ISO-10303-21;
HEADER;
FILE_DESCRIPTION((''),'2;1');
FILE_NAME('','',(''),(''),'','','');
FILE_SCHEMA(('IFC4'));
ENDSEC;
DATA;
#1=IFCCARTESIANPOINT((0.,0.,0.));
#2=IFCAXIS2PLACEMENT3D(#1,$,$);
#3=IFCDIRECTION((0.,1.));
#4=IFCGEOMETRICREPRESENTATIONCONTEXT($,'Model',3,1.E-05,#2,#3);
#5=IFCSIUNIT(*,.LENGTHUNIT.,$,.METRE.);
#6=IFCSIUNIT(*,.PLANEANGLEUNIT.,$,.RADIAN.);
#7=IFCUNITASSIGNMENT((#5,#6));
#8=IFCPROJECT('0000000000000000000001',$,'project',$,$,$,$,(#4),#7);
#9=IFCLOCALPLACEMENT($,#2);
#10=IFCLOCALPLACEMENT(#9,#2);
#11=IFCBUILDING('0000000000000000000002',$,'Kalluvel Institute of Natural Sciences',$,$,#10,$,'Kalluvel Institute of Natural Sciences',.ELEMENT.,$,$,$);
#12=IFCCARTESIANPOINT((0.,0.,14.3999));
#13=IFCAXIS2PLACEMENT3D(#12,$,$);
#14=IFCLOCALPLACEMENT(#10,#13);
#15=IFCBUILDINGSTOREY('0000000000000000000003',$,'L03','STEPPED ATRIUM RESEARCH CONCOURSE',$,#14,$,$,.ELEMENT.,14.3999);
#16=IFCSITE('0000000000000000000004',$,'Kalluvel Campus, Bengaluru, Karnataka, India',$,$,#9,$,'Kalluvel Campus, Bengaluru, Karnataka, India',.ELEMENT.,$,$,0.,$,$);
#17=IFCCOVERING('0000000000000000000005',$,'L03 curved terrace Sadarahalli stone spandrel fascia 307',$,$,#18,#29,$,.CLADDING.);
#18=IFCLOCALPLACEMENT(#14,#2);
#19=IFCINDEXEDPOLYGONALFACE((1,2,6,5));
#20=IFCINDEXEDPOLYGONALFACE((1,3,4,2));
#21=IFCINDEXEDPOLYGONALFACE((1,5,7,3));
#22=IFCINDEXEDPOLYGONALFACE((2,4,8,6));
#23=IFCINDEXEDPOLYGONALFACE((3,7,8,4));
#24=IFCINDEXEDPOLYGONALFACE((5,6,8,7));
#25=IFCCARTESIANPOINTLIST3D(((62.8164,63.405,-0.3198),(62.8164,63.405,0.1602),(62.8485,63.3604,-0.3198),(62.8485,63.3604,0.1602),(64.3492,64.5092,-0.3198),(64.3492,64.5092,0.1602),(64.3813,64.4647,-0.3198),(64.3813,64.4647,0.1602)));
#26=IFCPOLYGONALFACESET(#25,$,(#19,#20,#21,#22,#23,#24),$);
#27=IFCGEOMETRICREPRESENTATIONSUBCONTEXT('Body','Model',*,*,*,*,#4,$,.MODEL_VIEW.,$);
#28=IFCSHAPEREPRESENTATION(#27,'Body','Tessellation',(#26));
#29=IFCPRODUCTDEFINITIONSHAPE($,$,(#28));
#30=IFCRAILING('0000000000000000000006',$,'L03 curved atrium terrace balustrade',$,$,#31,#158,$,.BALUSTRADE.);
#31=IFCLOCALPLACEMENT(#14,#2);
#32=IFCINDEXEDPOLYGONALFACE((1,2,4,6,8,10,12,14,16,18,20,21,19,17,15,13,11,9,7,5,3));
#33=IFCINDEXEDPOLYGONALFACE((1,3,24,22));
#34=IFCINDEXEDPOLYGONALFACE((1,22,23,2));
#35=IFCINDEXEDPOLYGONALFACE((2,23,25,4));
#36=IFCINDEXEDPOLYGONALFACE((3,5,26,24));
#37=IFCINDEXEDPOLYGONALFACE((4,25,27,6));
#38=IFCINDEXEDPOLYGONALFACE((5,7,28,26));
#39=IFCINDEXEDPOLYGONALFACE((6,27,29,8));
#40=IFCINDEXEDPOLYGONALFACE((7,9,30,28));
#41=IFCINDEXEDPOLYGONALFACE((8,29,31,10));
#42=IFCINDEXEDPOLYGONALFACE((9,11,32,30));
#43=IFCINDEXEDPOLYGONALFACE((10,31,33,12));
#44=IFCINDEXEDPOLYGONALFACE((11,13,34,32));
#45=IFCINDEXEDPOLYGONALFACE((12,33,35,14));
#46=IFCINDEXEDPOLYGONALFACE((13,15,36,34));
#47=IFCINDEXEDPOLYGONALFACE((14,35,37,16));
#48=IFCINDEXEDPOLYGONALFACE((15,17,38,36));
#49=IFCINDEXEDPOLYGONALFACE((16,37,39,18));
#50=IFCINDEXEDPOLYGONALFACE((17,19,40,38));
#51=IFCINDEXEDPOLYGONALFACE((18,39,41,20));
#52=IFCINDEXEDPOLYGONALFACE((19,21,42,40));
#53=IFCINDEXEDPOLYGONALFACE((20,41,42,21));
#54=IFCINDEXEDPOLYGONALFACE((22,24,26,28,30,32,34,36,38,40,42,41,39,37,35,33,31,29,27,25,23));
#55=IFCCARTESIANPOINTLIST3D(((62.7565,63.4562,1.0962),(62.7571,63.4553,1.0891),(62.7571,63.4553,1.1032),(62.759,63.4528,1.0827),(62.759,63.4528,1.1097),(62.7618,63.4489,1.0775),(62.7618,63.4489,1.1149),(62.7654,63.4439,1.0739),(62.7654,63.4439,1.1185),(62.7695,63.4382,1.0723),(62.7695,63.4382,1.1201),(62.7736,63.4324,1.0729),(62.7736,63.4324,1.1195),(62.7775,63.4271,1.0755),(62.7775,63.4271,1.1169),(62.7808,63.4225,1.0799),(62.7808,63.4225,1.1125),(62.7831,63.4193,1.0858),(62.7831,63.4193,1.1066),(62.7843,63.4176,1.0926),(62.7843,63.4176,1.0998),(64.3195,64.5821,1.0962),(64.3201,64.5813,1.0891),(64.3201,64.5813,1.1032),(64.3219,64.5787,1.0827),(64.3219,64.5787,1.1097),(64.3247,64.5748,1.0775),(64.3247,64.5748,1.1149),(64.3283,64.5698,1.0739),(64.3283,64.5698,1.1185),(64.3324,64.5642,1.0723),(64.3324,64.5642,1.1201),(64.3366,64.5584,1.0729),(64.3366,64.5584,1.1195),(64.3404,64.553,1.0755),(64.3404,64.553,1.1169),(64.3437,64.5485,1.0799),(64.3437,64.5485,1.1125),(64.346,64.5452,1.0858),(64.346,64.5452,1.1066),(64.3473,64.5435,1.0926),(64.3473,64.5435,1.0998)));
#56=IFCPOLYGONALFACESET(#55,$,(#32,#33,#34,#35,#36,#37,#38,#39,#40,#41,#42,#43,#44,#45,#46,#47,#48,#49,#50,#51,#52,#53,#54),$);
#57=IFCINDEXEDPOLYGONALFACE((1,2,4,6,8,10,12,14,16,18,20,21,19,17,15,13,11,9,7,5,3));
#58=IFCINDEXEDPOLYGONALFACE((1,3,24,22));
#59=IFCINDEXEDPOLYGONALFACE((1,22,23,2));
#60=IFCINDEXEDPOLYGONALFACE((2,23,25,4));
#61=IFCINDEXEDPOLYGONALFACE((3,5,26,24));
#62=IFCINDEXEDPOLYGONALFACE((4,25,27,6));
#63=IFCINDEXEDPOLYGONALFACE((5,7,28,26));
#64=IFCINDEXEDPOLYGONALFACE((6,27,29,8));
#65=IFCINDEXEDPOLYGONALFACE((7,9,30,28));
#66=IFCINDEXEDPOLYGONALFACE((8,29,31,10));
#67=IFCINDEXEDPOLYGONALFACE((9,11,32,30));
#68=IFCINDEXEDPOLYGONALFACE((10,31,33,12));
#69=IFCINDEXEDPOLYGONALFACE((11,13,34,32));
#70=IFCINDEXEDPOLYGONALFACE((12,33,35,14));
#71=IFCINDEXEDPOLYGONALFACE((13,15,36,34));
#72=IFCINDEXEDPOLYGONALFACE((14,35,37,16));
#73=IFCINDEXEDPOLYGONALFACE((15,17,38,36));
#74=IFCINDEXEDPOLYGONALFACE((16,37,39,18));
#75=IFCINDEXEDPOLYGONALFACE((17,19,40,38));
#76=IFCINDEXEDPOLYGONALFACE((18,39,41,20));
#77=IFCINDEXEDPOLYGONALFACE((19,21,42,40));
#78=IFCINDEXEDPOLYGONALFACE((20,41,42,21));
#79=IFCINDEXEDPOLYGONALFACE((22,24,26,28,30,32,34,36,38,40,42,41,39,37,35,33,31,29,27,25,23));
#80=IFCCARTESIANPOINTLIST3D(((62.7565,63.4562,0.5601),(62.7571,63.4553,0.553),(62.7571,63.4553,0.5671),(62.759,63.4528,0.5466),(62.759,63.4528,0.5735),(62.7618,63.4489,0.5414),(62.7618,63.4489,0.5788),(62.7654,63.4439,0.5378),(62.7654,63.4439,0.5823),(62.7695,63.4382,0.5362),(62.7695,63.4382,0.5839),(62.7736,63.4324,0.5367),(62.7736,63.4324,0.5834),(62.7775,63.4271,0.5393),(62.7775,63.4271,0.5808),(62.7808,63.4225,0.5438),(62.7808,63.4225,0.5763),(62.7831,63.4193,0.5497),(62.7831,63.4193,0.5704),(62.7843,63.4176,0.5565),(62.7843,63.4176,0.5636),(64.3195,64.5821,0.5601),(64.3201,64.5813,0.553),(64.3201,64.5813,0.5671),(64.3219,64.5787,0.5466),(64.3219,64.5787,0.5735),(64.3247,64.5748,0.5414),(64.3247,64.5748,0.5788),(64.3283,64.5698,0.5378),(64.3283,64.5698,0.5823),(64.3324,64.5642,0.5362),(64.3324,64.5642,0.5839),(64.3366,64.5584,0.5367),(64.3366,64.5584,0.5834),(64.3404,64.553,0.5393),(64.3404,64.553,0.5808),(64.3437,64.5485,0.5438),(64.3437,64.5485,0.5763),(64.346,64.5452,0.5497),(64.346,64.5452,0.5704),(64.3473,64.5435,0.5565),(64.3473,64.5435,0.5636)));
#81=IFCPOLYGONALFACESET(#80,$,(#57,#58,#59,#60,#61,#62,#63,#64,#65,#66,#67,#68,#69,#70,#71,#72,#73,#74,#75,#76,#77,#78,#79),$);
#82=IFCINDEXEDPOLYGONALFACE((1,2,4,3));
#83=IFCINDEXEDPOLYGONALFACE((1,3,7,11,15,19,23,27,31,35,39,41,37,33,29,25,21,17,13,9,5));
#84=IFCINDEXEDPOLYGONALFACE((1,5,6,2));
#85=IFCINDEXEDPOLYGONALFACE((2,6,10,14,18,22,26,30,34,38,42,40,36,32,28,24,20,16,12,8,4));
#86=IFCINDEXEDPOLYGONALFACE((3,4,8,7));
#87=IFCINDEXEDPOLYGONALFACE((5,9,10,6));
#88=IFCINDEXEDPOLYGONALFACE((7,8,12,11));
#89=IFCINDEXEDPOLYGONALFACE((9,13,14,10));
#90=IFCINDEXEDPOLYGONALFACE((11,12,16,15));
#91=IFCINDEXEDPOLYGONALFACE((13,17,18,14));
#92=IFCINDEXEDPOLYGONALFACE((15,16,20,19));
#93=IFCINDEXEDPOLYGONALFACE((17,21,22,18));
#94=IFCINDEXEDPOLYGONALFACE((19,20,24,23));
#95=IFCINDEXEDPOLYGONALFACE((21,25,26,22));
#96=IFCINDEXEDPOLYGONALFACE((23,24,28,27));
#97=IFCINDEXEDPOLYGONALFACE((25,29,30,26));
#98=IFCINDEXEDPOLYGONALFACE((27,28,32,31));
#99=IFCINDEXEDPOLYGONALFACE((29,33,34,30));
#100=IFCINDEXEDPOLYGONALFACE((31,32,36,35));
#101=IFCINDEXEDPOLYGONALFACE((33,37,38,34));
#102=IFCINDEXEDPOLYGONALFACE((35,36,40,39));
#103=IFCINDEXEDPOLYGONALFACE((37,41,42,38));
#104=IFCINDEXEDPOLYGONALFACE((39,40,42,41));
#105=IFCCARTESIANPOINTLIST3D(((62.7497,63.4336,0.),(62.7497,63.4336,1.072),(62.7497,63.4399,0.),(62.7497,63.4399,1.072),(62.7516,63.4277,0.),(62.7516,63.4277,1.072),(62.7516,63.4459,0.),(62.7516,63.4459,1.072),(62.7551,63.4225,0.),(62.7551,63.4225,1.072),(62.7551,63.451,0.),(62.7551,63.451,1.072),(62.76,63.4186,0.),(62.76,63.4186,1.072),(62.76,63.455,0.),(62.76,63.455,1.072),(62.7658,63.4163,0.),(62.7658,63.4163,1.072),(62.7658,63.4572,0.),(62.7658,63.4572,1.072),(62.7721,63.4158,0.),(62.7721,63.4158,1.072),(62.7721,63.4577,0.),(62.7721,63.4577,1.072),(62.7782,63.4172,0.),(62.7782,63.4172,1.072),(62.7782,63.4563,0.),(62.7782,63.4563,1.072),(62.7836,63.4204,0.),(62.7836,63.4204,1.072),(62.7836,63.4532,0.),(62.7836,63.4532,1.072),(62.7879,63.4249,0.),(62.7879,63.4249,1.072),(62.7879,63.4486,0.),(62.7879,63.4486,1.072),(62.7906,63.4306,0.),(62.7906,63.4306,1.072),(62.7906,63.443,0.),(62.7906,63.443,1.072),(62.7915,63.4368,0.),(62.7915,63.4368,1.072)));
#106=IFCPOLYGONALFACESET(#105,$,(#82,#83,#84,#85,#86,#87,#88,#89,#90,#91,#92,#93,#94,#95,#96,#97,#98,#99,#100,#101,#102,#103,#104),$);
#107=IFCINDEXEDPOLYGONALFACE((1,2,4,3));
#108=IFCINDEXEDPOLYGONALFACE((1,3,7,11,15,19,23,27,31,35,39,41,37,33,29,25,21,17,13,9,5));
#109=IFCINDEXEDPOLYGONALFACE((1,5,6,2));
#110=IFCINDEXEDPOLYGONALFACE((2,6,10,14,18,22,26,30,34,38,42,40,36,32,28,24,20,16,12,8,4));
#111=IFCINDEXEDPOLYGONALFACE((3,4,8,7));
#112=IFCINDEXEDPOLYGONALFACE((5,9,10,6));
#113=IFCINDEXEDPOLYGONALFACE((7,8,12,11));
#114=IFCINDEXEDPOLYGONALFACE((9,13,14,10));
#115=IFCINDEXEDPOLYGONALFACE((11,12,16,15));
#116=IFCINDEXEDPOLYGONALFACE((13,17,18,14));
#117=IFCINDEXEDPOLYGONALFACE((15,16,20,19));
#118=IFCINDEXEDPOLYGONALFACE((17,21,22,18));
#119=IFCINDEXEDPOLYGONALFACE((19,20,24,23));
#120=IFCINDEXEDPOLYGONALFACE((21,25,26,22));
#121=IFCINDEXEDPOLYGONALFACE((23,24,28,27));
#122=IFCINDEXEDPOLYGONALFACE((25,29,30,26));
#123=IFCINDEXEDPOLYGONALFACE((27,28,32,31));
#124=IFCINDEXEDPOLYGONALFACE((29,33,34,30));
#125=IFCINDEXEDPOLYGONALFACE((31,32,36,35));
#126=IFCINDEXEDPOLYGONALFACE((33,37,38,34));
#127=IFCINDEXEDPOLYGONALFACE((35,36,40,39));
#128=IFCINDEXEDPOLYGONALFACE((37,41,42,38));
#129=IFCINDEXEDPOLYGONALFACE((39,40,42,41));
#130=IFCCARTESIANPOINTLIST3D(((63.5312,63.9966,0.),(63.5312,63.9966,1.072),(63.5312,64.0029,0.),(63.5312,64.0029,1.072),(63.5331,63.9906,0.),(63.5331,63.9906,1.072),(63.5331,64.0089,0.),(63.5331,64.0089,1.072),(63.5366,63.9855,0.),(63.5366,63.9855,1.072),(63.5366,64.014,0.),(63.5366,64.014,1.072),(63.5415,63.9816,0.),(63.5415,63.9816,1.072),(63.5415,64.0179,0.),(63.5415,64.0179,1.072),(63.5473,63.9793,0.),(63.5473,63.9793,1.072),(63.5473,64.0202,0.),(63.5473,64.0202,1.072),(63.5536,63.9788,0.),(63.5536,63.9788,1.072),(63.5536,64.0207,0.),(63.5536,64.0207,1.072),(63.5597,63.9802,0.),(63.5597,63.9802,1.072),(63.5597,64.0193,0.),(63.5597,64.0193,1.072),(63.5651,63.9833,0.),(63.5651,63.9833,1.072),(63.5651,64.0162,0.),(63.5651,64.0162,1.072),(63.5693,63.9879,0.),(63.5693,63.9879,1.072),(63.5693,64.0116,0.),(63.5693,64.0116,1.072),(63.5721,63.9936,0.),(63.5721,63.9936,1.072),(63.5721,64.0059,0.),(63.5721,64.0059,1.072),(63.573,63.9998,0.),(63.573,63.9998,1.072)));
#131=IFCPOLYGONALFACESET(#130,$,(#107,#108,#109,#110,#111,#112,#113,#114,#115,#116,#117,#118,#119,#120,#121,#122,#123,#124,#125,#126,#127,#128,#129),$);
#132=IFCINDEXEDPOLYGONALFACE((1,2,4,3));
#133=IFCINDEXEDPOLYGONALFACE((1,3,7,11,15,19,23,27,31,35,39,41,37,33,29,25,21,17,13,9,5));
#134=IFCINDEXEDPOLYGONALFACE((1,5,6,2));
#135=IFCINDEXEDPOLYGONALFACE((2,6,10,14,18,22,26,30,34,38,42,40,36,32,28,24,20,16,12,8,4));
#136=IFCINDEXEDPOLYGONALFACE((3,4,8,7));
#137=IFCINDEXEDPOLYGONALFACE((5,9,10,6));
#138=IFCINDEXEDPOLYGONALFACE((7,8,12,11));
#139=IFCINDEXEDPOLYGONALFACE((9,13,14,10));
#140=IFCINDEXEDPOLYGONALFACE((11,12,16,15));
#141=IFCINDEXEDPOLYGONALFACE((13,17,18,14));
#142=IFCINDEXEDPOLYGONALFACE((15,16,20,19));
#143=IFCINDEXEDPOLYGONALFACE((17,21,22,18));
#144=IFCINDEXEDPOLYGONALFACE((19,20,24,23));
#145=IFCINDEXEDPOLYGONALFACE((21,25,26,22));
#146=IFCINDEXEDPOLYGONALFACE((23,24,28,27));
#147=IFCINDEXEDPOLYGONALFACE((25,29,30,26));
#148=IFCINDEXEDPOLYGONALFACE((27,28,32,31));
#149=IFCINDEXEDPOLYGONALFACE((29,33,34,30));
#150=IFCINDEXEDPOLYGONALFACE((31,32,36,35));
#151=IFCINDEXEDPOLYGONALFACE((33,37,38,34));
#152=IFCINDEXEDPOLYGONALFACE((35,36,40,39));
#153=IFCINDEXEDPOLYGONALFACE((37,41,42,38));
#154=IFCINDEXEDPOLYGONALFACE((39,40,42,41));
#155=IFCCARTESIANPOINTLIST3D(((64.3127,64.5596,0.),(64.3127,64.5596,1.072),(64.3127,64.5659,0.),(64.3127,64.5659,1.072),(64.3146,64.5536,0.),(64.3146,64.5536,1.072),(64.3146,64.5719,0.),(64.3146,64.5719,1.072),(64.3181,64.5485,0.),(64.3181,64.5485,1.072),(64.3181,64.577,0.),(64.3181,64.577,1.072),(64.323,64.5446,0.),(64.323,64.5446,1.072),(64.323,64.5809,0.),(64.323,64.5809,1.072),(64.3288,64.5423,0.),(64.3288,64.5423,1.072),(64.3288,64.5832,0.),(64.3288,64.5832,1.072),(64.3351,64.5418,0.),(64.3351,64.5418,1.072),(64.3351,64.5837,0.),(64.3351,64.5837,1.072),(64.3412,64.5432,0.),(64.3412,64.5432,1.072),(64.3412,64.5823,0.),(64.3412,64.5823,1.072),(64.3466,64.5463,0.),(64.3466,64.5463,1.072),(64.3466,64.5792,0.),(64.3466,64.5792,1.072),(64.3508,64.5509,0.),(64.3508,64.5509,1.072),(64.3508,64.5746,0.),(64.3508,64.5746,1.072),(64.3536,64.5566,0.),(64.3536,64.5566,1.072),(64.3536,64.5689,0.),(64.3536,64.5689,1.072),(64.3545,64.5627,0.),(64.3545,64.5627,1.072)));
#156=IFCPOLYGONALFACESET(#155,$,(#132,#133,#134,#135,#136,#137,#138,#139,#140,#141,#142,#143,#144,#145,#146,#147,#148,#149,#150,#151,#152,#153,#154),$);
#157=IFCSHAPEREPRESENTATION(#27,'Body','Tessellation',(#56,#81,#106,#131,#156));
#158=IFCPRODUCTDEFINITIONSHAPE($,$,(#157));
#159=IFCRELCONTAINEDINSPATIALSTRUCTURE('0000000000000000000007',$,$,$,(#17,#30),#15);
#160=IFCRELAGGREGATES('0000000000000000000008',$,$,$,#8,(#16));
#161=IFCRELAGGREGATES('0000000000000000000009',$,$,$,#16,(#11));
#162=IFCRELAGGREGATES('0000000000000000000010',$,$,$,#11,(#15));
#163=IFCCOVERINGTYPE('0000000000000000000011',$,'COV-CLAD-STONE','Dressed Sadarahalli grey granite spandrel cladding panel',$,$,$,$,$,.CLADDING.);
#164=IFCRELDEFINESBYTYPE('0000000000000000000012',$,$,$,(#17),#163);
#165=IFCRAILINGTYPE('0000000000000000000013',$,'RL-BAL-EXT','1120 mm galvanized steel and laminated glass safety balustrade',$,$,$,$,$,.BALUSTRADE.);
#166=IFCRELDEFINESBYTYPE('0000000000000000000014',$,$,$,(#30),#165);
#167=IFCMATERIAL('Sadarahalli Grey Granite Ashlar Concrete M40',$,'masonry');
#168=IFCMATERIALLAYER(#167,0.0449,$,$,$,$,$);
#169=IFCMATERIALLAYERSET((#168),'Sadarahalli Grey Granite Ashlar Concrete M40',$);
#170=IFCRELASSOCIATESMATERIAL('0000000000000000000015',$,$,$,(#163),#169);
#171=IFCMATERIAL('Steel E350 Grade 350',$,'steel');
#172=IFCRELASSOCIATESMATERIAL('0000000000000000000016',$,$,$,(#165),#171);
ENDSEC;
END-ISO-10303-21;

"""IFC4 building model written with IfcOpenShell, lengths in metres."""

from ifc_helpers import new_model, si_unit, direction, frame, origin, origin_2d, place, context, subcontext, project, spatial, rectangle, circle, extrude, material, layer, layer_set, type_object, element, save


model = new_model("IFC4")

# Units and contexts
model_context = context("Model", 3, precision=1e-05, world=origin(), true_north=direction((0.0, 1.0)))
body_context = subcontext(model_context, "Body", "Model", "MODEL_VIEW")
ifc_project = project(units=[si_unit("LENGTHUNIT", "METRE"), si_unit("PLANEANGLEUNIT", "RADIAN")], contexts=[model_context])

# Site, building, storey
site_placement = place(None, origin())
site = spatial("IfcSite", under=ifc_project, at=site_placement, Name="Kalluvel Campus, Bengaluru, Karnataka, India", LongName="Kalluvel Campus, Bengaluru, Karnataka, India", CompositionType="ELEMENT", RefElevation=0.0)
building_placement = place(site_placement, origin())
building = spatial("IfcBuilding", under=site, at=building_placement, Name="Kalluvel Institute of Natural Sciences", LongName="Kalluvel Institute of Natural Sciences", CompositionType="ELEMENT")
storey_placement = place(building_placement, frame((0.0, 0.0, 14.3999)))
storey = spatial("IfcBuildingStorey", under=building, at=storey_placement, Name="L03", Description="STEPPED ATRIUM RESEARCH CONCOURSE", CompositionType="ELEMENT", Elevation=14.3999)

# Covering
ifc_material_1 = material(Name="Sadarahalli Grey Granite Ashlar Concrete M40", Category="masonry")
ifc_layer_1 = layer(ifc_material_1, 0.0449)
ifc_layer_set_1 = layer_set([ifc_layer_1], Name="Sadarahalli Grey Granite Ashlar Concrete M40")
covering_type = type_object("IfcCoveringType", Name="COV-CLAD-STONE", Description="Dressed Sadarahalli grey granite spandrel cladding panel", PredefinedType="CLADDING", material=ifc_layer_set_1)
for number, where, z_axis, x_axis, name in (
    (1, (63.5989, 63.9348, -0.3198), (0.0, 0.0, 1.0), (0.81137, 0.584533, 0.0), "L03 curved terrace Sadarahalli stone spandrel fascia 307"),
):
    element("IfcCovering", number, at=place(storey_placement, frame(where, z_axis=z_axis, x_axis=x_axis)), inside=storey, type_object=covering_type, Name=name, PredefinedType="CLADDING", context=body_context, shape_type="SweptSolid", body=[
        extrude(rectangle(XDim=1.8892, YDim=0.0549, at=origin_2d()), origin(), (0.0, 0.0, 1.0), 0.48),
    ])

# Railing
ifc_material_2 = material(Name="Steel E350 Grade 350", Category="steel")
railing_type = type_object("IfcRailingType", Name="RL-BAL-EXT", Description="1120 mm galvanized steel and laminated glass safety balustrade", PredefinedType="BALUSTRADE", material=ifc_material_2)
railing_placement = place(storey_placement, frame((62.7705, 63.4368, 0.0)))
element("IfcRailing", 2, at=railing_placement, inside=storey, type_object=railing_type, Name="L03 curved atrium terrace balustrade", PredefinedType="BALUSTRADE", context=body_context, shape_type="SweptSolid", body=[
    extrude(circle(Radius=0.0239, at=origin_2d()), frame((0.0, 0.0, 1.0962), z_axis=(0.81138, 0.584518, 0.0), x_axis=(-0.584518, 0.81138, 0.0)), (0.0, 0.0, 1.0), 1.9263),
    extrude(circle(Radius=0.0239, at=origin_2d()), frame((0.0, 0.0, 0.5601), z_axis=(0.81138, 0.584518, 0.0), x_axis=(-0.584518, 0.81138, 0.0)), (0.0, 0.0, 1.0), 1.9263),
    extrude(circle(Radius=0.021, at=origin_2d()), origin(), (0.0, 0.0, 1.0), 1.072),
    extrude(circle(Radius=0.021, at=origin_2d()), frame((0.7815, 0.563, 0.0)), (0.0, 0.0, 1.0), 1.072),
    extrude(circle(Radius=0.021, at=origin_2d()), frame((1.563, 1.126, 0.0)), (0.0, 0.0, 1.0), 1.072),
])

save(model, "model.ifc")
